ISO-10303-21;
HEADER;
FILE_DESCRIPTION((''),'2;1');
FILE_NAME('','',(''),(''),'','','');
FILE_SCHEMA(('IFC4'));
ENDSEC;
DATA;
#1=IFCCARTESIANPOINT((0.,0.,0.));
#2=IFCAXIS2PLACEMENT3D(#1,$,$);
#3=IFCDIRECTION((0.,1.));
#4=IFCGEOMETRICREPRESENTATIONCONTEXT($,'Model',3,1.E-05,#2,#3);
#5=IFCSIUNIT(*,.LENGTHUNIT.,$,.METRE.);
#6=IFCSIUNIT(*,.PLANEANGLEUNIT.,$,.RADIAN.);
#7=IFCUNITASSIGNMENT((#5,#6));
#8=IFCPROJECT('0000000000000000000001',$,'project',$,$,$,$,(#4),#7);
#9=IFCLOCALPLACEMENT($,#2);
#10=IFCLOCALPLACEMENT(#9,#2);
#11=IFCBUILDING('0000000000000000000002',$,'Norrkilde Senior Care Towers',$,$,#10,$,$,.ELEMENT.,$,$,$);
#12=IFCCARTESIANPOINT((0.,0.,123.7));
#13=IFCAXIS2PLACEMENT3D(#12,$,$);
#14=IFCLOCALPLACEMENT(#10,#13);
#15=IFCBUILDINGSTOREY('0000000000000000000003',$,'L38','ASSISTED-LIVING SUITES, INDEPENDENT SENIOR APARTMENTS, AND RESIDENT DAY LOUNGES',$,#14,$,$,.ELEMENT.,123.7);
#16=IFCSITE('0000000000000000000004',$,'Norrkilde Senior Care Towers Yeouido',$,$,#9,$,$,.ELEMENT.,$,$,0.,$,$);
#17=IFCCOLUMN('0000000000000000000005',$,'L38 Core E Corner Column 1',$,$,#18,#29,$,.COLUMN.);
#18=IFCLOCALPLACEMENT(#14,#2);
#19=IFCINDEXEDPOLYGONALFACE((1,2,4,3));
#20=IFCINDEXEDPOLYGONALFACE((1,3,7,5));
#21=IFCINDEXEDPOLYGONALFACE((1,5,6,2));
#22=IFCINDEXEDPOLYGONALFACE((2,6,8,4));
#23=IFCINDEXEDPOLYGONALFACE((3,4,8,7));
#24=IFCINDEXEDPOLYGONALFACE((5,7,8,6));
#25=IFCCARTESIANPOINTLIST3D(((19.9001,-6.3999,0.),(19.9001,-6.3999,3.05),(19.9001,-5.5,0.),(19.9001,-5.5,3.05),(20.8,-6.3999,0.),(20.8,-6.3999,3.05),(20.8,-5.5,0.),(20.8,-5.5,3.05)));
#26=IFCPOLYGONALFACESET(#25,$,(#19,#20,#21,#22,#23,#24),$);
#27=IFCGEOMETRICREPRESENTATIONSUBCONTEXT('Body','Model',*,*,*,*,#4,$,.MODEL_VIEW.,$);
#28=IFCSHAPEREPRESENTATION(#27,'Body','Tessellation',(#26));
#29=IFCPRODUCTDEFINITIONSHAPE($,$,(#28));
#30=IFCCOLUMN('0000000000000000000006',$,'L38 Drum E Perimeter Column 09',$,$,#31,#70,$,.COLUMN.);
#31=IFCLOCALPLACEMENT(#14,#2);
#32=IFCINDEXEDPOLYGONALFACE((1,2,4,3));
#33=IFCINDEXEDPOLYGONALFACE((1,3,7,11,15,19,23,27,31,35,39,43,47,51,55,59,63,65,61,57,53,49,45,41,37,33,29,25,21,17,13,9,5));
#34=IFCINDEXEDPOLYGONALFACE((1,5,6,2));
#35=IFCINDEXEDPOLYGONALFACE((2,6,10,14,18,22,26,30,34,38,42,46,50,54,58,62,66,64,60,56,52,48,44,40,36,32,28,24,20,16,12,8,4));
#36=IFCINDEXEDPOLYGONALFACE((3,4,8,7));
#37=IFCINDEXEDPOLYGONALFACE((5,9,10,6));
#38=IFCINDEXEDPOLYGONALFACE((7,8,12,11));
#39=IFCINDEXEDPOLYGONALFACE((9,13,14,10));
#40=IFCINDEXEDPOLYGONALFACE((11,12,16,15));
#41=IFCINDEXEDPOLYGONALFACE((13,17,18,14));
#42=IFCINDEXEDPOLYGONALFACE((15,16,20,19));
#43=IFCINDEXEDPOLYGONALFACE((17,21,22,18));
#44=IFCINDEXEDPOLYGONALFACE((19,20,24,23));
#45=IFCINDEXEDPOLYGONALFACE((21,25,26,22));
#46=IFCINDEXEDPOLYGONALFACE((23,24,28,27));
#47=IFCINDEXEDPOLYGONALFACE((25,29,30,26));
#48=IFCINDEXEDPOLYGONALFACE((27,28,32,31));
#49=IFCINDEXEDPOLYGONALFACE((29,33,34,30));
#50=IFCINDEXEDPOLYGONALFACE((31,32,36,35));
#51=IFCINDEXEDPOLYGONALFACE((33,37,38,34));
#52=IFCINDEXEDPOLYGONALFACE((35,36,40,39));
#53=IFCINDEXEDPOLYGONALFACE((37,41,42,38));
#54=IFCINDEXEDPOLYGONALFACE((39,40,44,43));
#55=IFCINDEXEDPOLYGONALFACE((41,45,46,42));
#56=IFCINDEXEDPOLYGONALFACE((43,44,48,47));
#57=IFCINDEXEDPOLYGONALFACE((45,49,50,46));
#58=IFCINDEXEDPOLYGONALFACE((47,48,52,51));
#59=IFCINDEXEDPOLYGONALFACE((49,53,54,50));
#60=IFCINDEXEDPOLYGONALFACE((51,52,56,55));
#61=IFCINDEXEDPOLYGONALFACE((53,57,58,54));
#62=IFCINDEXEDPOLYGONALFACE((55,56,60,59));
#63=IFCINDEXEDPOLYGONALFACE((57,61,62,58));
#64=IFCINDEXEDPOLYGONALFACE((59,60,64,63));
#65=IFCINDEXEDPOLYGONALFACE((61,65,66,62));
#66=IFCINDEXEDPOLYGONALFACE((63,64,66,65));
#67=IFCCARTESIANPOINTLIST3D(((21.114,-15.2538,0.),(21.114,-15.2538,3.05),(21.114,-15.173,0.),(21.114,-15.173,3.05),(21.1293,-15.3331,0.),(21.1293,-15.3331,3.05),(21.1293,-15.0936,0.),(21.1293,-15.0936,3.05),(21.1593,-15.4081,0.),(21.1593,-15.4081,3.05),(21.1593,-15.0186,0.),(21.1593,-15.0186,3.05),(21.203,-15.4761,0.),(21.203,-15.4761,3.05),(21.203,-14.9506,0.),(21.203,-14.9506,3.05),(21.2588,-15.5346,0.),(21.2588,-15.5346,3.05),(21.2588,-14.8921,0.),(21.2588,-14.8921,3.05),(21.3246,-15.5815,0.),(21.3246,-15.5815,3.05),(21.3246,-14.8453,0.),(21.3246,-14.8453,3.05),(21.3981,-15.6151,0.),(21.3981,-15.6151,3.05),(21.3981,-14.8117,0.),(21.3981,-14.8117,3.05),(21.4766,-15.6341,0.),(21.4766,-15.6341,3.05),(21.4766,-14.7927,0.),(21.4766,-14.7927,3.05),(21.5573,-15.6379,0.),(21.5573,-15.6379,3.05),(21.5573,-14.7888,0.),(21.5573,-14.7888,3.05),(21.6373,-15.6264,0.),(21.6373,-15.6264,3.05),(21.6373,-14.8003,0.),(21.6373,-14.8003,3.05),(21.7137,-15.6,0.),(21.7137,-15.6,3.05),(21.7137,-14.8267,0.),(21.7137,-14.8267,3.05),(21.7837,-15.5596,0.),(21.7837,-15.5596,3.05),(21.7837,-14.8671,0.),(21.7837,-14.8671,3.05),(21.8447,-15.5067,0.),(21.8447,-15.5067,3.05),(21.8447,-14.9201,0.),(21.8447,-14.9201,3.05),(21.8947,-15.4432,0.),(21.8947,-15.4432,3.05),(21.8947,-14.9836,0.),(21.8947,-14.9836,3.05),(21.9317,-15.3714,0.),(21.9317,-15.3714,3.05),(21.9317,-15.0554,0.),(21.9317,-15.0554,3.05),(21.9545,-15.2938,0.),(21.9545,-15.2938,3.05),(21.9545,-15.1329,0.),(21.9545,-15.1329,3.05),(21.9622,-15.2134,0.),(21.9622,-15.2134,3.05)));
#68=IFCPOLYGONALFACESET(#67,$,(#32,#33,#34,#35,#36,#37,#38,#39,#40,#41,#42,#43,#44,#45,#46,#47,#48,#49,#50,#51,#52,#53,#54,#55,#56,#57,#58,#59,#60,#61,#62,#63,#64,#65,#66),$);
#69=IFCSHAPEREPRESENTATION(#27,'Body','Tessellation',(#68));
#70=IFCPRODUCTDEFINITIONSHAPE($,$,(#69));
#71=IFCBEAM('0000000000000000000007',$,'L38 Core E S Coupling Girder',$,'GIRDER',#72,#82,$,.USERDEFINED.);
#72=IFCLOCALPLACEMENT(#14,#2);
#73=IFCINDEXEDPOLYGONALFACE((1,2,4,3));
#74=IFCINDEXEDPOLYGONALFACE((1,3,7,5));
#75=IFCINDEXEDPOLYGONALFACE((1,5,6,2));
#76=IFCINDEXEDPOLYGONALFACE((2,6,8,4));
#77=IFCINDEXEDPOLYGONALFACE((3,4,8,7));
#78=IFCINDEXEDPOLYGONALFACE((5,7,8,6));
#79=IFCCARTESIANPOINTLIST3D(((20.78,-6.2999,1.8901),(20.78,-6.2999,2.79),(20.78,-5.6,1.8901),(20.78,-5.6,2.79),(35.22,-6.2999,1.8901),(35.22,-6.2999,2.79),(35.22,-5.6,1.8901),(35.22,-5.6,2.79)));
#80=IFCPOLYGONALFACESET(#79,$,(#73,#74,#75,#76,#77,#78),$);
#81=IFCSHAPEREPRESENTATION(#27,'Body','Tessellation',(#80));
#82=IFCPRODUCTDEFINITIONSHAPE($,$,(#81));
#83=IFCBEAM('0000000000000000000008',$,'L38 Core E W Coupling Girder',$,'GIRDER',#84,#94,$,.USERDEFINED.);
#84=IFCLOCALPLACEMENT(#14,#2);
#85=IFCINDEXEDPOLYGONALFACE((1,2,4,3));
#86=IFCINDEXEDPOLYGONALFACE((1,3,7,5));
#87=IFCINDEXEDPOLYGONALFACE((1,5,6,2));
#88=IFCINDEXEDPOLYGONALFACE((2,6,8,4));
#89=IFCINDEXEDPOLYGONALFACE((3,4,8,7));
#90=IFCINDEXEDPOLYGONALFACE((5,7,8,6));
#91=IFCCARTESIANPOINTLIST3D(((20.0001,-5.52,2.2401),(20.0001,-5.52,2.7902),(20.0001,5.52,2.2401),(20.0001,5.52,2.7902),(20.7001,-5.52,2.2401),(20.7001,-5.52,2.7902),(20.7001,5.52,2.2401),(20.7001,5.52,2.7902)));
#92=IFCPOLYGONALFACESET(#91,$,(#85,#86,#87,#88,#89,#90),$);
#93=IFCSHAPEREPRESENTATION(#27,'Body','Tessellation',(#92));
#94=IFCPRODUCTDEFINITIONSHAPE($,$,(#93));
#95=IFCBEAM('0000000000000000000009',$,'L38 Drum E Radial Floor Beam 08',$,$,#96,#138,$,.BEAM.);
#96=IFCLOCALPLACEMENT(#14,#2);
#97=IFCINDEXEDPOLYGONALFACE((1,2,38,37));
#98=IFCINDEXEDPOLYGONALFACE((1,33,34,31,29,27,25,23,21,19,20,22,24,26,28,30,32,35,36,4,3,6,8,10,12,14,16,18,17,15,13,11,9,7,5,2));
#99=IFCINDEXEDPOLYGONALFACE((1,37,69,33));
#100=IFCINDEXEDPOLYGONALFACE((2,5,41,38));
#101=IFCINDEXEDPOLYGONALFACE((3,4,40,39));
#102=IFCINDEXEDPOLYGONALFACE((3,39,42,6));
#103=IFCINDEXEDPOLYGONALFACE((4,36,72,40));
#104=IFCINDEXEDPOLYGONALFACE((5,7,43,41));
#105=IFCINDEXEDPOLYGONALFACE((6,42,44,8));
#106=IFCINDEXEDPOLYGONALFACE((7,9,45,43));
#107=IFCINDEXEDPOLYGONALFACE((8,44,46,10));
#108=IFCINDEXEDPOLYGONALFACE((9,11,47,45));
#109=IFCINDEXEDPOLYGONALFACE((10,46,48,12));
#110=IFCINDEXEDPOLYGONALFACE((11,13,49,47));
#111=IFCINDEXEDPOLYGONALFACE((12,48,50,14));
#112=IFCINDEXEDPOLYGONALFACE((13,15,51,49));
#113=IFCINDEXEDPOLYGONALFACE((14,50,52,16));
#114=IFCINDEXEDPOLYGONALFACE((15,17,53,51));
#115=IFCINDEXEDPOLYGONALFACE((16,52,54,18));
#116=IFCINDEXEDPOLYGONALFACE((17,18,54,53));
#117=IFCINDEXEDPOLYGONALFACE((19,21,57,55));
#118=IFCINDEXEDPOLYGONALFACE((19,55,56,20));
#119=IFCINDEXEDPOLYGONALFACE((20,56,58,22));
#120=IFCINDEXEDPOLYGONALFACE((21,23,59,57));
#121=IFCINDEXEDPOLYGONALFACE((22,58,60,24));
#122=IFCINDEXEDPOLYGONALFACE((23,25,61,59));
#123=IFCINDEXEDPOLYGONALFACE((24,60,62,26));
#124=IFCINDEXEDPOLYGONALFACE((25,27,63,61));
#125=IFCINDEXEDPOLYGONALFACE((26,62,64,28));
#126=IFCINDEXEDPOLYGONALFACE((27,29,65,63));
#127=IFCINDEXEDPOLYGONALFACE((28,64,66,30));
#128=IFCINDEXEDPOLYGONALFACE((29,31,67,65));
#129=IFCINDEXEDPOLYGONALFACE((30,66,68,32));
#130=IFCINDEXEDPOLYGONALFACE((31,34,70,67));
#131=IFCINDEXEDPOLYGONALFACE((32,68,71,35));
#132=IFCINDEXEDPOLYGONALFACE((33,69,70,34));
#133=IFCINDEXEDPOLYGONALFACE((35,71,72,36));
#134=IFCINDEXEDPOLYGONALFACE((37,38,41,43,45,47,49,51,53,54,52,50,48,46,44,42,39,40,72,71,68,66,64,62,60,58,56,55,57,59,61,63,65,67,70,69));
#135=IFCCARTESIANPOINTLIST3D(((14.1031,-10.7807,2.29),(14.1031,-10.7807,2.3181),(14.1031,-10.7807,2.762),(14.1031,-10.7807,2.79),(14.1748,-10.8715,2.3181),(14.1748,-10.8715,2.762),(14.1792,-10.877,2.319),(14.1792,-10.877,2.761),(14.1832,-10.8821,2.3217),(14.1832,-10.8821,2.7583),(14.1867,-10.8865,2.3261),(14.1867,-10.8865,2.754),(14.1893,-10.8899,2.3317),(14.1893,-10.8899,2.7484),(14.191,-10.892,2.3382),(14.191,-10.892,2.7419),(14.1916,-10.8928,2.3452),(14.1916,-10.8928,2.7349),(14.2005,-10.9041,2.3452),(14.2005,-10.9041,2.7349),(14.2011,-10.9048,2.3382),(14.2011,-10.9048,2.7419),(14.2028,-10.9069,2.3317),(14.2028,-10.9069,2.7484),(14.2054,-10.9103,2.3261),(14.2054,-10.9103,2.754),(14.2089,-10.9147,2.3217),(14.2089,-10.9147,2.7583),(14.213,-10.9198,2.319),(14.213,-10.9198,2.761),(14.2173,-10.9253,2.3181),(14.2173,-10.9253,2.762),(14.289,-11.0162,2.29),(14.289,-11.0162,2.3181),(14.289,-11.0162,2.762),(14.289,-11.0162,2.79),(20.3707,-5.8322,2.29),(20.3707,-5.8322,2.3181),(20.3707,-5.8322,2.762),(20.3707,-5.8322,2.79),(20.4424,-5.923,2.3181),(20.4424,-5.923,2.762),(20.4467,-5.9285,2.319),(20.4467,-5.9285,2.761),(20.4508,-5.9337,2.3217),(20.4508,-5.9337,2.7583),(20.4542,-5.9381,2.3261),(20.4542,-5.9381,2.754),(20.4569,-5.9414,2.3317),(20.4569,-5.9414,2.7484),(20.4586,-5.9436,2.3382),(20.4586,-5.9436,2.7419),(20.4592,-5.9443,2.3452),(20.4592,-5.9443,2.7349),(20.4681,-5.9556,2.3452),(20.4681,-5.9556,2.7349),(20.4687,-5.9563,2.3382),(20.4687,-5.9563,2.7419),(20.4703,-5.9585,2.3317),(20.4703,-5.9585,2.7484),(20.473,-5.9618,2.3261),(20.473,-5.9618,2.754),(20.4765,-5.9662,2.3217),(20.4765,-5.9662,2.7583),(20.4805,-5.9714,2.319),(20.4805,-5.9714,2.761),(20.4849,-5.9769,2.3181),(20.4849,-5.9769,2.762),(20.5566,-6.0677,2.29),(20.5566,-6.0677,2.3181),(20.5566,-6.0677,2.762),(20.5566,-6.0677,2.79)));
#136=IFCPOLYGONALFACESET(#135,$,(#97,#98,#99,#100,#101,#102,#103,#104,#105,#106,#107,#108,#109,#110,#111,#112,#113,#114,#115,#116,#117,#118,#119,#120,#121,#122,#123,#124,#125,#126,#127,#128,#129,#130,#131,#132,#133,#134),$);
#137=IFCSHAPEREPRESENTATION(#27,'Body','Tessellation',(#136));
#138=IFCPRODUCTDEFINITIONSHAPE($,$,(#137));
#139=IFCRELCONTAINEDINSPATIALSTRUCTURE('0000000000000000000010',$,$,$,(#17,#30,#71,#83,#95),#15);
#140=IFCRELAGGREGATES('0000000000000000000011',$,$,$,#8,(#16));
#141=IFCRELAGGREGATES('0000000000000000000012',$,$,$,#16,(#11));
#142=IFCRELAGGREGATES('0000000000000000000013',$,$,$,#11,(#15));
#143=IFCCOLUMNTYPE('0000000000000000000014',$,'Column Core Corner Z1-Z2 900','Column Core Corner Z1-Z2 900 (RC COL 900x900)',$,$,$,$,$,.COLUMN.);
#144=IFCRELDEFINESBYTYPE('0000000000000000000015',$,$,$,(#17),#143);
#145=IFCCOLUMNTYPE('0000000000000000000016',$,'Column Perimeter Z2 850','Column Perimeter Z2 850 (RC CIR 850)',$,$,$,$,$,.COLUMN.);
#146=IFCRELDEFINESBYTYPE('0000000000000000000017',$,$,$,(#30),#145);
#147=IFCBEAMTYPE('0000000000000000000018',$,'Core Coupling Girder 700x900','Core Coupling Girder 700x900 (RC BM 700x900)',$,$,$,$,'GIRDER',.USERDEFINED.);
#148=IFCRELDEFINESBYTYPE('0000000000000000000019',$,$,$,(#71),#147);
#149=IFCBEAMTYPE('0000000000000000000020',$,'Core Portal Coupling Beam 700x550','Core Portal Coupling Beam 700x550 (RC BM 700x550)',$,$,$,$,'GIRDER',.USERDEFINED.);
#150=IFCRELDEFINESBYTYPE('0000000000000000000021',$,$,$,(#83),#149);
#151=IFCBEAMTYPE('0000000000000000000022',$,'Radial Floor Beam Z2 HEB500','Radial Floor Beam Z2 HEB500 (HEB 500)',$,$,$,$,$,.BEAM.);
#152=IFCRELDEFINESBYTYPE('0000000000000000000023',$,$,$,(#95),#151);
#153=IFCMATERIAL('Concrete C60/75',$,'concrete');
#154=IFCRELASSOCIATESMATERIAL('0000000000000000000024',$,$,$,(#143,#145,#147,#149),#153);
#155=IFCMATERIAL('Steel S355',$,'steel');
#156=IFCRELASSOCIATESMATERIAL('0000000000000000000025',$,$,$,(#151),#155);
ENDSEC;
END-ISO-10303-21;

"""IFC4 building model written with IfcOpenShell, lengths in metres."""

from ifc_helpers import new_model, si_unit, direction, frame, origin, origin_2d, place, context, subcontext, project, spatial, rectangle, circle, i_section, extrude, source, transform, mapped, material, material_profile, profile_set, type_object, type_shapes, element, save


model = new_model("IFC4")

# Units and contexts
model_context = context("Model", 3, precision=1e-05, world=origin(), true_north=direction((0.0, 1.0)))
body_context = subcontext(model_context, "Body", "Model", "MODEL_VIEW")
ifc_project = project(units=[si_unit("LENGTHUNIT", "METRE"), si_unit("PLANEANGLEUNIT", "RADIAN")], contexts=[model_context])

# Site, building, storey
site_placement = place(None, origin())
site = spatial("IfcSite", under=ifc_project, at=site_placement, Name="Norrkilde Senior Care Towers Yeouido", CompositionType="ELEMENT", RefElevation=0.0)
building_placement = place(site_placement, origin())
building = spatial("IfcBuilding", under=site, at=building_placement, Name="Norrkilde Senior Care Towers", CompositionType="ELEMENT")
storey_placement = place(building_placement, frame((0.0, 0.0, 123.7)))
storey = spatial("IfcBuildingStorey", under=building, at=storey_placement, Name="L38", Description="ASSISTED-LIVING SUITES, INDEPENDENT SENIOR APARTMENTS, AND RESIDENT DAY LOUNGES", CompositionType="ELEMENT", Elevation=123.7)

# Columns
ifc_material_1 = material(Name="Concrete C60/75", Category="concrete")
ifc_material_profile_1 = material_profile(ifc_material_1, rectangle(XDim=0.8999, YDim=0.8999, at=origin_2d()), Name="RC COL 900x900")
ifc_profile_set_1 = profile_set([ifc_material_profile_1], Name="Concrete C60/75")
column_type_1 = type_object("IfcColumnType", Name="Column Core Corner Z1-Z2 900", Description="Column Core Corner Z1-Z2 900 (RC COL 900x900)", PredefinedType="COLUMN", material=ifc_profile_set_1)
shared_shape_1 = source(origin(), body_context, "Body", "SweptSolid", [
    extrude(rectangle(XDim=0.8999, YDim=0.8999, at=origin_2d()), origin(), (0.0, 0.0, 1.0), 3.05),
])
type_shapes(column_type_1, [shared_shape_1])
column_1_placement = place(storey_placement, frame((20.3501, -5.95, 0.0), z_axis=(0.0, 0.0, 1.0), x_axis=(1.0, 0.0, 0.0)))
element("IfcColumn", 1, at=column_1_placement, inside=storey, type_object=column_type_1, Name="L38 Core E Corner Column 1", PredefinedType="COLUMN", context=body_context, shape_type="MappedRepresentation", body=[
    mapped(shared_shape_1, transform((0.0, 0.0, 0.0), x_axis=(1.0, 0.0, 0.0), y_axis=(0.0, 1.0, 0.0), z_axis=(0.0, 0.0, 1.0), scale=1.0)),
])
ifc_material_profile_2 = material_profile(ifc_material_1, circle(Radius=0.425, at=origin_2d()), Name="RC CIR 850")
ifc_profile_set_2 = profile_set([ifc_material_profile_2], Name="Concrete C60/75")
column_type_2 = type_object("IfcColumnType", Name="Column Perimeter Z2 850", Description="Column Perimeter Z2 850 (RC CIR 850)", PredefinedType="COLUMN", material=ifc_profile_set_2)
shared_shape_2 = source(origin(), body_context, "Body", "SweptSolid", [
    extrude(circle(Radius=0.425, at=origin_2d()), origin(), (0.0, 0.0, 1.0), 3.05),
])
type_shapes(column_type_2, [shared_shape_2])
column_2_placement = place(storey_placement, frame((21.5371, -15.2134, 0.0), z_axis=(0.0, 0.0, 1.0), x_axis=(1.0, 0.0, 0.0)))
element("IfcColumn", 2, at=column_2_placement, inside=storey, type_object=column_type_2, Name="L38 Drum E Perimeter Column 09", PredefinedType="COLUMN", context=body_context, shape_type="MappedRepresentation", body=[
    mapped(shared_shape_2, transform((0.0, 0.0, 0.0), x_axis=(1.0, 0.0, 0.0), y_axis=(0.0, 1.0, 0.0), z_axis=(0.0, 0.0, 1.0), scale=1.0)),
])

# Beams
ifc_material_profile_3 = material_profile(ifc_material_1, rectangle(XDim=0.7, YDim=0.8999, at=origin_2d()), Name="RC BM 700x900")
ifc_profile_set_3 = profile_set([ifc_material_profile_3], Name="Concrete C60/75")
beam_type_1 = type_object("IfcBeamType", Name="Core Coupling Girder 700x900", Description="Core Coupling Girder 700x900 (RC BM 700x900)", ElementType="GIRDER", PredefinedType="USERDEFINED", material=ifc_profile_set_3)
shared_shape_3 = source(origin(), body_context, "Body", "SweptSolid", [
    extrude(rectangle(XDim=0.7, YDim=0.8999, at=origin_2d()), origin(), (0.0, 0.0, 1.0), 14.4399),
])
type_shapes(beam_type_1, [shared_shape_3])
beam_1_placement = place(storey_placement, frame((20.78, -5.95, 2.3401), z_axis=(1.0, 0.0, 0.0), x_axis=(0.0, 1.0, 0.0)))
element("IfcBeam", 3, at=beam_1_placement, inside=storey, type_object=beam_type_1, Name="L38 Core E S Coupling Girder", ObjectType="GIRDER", PredefinedType="USERDEFINED", context=body_context, shape_type="MappedRepresentation", body=[
    mapped(shared_shape_3, transform((0.0, 0.0, 0.0), x_axis=(1.0, 0.0, 0.0), y_axis=(0.0, 1.0, 0.0), z_axis=(0.0, 0.0, 1.0), scale=1.0)),
])
ifc_material_profile_4 = material_profile(ifc_material_1, rectangle(XDim=0.7, YDim=0.55, at=origin_2d()), Name="RC BM 700x550")
ifc_profile_set_4 = profile_set([ifc_material_profile_4], Name="Concrete C60/75")
beam_type_2 = type_object("IfcBeamType", Name="Core Portal Coupling Beam 700x550", Description="Core Portal Coupling Beam 700x550 (RC BM 700x550)", ElementType="GIRDER", PredefinedType="USERDEFINED", material=ifc_profile_set_4)
shared_shape_4 = source(origin(), body_context, "Body", "SweptSolid", [
    extrude(rectangle(XDim=0.7, YDim=0.55, at=origin_2d()), origin(), (0.0, 0.0, 1.0), 11.04),
])
type_shapes(beam_type_2, [shared_shape_4])
beam_2_placement = place(storey_placement, frame((20.3501, -5.52, 2.5151), z_axis=(0.0, 1.0, 0.0), x_axis=(-1.0, 0.0, 0.0)))
element("IfcBeam", 4, at=beam_2_placement, inside=storey, type_object=beam_type_2, Name="L38 Core E W Coupling Girder", ObjectType="GIRDER", PredefinedType="USERDEFINED", context=body_context, shape_type="MappedRepresentation", body=[
    mapped(shared_shape_4, transform((0.0, 0.0, 0.0), x_axis=(1.0, 0.0, 0.0), y_axis=(0.0, 1.0, 0.0), z_axis=(0.0, 0.0, 1.0), scale=1.0)),
])
ifc_material_2 = material(Name="Steel S355", Category="steel")
ifc_material_profile_5 = material_profile(ifc_material_2, i_section(OverallWidth=0.3, OverallDepth=0.5, WebThickness=0.0144, FlangeThickness=0.0281, FilletRadius=0.0271, at=origin_2d()), Name="HEB 500")
ifc_profile_set_5 = profile_set([ifc_material_profile_5], Name="Steel S355")
beam_type_3 = type_object("IfcBeamType", Name="Radial Floor Beam Z2 HEB500", Description="Radial Floor Beam Z2 HEB500 (HEB 500)", PredefinedType="BEAM", material=ifc_profile_set_5)
shared_shape_5 = source(origin(), body_context, "Body", "SweptSolid", [
    extrude(i_section(OverallWidth=0.3, OverallDepth=0.5, WebThickness=0.0144, FlangeThickness=0.0281, FilletRadius=0.0271, at=origin_2d()), origin(), (0.0, 0.0, 1.0), 7.9856),
])
type_shapes(beam_type_3, [shared_shape_5])
beam_3_placement = place(storey_placement, frame((20.4636, -5.95, 2.54), z_axis=(-0.784859, -0.619675, 0.0), x_axis=(0.619675, -0.784859, 0.0)))
element("IfcBeam", 5, at=beam_3_placement, inside=storey, type_object=beam_type_3, Name="L38 Drum E Radial Floor Beam 08", PredefinedType="BEAM", context=body_context, shape_type="MappedRepresentation", body=[
    mapped(shared_shape_5, transform((0.0, 0.0, 0.0), x_axis=(1.0, 0.0, 0.0), y_axis=(0.0, 1.0, 0.0), z_axis=(0.0, 0.0, 1.0), scale=1.0)),
])

save(model, "model.ifc")
